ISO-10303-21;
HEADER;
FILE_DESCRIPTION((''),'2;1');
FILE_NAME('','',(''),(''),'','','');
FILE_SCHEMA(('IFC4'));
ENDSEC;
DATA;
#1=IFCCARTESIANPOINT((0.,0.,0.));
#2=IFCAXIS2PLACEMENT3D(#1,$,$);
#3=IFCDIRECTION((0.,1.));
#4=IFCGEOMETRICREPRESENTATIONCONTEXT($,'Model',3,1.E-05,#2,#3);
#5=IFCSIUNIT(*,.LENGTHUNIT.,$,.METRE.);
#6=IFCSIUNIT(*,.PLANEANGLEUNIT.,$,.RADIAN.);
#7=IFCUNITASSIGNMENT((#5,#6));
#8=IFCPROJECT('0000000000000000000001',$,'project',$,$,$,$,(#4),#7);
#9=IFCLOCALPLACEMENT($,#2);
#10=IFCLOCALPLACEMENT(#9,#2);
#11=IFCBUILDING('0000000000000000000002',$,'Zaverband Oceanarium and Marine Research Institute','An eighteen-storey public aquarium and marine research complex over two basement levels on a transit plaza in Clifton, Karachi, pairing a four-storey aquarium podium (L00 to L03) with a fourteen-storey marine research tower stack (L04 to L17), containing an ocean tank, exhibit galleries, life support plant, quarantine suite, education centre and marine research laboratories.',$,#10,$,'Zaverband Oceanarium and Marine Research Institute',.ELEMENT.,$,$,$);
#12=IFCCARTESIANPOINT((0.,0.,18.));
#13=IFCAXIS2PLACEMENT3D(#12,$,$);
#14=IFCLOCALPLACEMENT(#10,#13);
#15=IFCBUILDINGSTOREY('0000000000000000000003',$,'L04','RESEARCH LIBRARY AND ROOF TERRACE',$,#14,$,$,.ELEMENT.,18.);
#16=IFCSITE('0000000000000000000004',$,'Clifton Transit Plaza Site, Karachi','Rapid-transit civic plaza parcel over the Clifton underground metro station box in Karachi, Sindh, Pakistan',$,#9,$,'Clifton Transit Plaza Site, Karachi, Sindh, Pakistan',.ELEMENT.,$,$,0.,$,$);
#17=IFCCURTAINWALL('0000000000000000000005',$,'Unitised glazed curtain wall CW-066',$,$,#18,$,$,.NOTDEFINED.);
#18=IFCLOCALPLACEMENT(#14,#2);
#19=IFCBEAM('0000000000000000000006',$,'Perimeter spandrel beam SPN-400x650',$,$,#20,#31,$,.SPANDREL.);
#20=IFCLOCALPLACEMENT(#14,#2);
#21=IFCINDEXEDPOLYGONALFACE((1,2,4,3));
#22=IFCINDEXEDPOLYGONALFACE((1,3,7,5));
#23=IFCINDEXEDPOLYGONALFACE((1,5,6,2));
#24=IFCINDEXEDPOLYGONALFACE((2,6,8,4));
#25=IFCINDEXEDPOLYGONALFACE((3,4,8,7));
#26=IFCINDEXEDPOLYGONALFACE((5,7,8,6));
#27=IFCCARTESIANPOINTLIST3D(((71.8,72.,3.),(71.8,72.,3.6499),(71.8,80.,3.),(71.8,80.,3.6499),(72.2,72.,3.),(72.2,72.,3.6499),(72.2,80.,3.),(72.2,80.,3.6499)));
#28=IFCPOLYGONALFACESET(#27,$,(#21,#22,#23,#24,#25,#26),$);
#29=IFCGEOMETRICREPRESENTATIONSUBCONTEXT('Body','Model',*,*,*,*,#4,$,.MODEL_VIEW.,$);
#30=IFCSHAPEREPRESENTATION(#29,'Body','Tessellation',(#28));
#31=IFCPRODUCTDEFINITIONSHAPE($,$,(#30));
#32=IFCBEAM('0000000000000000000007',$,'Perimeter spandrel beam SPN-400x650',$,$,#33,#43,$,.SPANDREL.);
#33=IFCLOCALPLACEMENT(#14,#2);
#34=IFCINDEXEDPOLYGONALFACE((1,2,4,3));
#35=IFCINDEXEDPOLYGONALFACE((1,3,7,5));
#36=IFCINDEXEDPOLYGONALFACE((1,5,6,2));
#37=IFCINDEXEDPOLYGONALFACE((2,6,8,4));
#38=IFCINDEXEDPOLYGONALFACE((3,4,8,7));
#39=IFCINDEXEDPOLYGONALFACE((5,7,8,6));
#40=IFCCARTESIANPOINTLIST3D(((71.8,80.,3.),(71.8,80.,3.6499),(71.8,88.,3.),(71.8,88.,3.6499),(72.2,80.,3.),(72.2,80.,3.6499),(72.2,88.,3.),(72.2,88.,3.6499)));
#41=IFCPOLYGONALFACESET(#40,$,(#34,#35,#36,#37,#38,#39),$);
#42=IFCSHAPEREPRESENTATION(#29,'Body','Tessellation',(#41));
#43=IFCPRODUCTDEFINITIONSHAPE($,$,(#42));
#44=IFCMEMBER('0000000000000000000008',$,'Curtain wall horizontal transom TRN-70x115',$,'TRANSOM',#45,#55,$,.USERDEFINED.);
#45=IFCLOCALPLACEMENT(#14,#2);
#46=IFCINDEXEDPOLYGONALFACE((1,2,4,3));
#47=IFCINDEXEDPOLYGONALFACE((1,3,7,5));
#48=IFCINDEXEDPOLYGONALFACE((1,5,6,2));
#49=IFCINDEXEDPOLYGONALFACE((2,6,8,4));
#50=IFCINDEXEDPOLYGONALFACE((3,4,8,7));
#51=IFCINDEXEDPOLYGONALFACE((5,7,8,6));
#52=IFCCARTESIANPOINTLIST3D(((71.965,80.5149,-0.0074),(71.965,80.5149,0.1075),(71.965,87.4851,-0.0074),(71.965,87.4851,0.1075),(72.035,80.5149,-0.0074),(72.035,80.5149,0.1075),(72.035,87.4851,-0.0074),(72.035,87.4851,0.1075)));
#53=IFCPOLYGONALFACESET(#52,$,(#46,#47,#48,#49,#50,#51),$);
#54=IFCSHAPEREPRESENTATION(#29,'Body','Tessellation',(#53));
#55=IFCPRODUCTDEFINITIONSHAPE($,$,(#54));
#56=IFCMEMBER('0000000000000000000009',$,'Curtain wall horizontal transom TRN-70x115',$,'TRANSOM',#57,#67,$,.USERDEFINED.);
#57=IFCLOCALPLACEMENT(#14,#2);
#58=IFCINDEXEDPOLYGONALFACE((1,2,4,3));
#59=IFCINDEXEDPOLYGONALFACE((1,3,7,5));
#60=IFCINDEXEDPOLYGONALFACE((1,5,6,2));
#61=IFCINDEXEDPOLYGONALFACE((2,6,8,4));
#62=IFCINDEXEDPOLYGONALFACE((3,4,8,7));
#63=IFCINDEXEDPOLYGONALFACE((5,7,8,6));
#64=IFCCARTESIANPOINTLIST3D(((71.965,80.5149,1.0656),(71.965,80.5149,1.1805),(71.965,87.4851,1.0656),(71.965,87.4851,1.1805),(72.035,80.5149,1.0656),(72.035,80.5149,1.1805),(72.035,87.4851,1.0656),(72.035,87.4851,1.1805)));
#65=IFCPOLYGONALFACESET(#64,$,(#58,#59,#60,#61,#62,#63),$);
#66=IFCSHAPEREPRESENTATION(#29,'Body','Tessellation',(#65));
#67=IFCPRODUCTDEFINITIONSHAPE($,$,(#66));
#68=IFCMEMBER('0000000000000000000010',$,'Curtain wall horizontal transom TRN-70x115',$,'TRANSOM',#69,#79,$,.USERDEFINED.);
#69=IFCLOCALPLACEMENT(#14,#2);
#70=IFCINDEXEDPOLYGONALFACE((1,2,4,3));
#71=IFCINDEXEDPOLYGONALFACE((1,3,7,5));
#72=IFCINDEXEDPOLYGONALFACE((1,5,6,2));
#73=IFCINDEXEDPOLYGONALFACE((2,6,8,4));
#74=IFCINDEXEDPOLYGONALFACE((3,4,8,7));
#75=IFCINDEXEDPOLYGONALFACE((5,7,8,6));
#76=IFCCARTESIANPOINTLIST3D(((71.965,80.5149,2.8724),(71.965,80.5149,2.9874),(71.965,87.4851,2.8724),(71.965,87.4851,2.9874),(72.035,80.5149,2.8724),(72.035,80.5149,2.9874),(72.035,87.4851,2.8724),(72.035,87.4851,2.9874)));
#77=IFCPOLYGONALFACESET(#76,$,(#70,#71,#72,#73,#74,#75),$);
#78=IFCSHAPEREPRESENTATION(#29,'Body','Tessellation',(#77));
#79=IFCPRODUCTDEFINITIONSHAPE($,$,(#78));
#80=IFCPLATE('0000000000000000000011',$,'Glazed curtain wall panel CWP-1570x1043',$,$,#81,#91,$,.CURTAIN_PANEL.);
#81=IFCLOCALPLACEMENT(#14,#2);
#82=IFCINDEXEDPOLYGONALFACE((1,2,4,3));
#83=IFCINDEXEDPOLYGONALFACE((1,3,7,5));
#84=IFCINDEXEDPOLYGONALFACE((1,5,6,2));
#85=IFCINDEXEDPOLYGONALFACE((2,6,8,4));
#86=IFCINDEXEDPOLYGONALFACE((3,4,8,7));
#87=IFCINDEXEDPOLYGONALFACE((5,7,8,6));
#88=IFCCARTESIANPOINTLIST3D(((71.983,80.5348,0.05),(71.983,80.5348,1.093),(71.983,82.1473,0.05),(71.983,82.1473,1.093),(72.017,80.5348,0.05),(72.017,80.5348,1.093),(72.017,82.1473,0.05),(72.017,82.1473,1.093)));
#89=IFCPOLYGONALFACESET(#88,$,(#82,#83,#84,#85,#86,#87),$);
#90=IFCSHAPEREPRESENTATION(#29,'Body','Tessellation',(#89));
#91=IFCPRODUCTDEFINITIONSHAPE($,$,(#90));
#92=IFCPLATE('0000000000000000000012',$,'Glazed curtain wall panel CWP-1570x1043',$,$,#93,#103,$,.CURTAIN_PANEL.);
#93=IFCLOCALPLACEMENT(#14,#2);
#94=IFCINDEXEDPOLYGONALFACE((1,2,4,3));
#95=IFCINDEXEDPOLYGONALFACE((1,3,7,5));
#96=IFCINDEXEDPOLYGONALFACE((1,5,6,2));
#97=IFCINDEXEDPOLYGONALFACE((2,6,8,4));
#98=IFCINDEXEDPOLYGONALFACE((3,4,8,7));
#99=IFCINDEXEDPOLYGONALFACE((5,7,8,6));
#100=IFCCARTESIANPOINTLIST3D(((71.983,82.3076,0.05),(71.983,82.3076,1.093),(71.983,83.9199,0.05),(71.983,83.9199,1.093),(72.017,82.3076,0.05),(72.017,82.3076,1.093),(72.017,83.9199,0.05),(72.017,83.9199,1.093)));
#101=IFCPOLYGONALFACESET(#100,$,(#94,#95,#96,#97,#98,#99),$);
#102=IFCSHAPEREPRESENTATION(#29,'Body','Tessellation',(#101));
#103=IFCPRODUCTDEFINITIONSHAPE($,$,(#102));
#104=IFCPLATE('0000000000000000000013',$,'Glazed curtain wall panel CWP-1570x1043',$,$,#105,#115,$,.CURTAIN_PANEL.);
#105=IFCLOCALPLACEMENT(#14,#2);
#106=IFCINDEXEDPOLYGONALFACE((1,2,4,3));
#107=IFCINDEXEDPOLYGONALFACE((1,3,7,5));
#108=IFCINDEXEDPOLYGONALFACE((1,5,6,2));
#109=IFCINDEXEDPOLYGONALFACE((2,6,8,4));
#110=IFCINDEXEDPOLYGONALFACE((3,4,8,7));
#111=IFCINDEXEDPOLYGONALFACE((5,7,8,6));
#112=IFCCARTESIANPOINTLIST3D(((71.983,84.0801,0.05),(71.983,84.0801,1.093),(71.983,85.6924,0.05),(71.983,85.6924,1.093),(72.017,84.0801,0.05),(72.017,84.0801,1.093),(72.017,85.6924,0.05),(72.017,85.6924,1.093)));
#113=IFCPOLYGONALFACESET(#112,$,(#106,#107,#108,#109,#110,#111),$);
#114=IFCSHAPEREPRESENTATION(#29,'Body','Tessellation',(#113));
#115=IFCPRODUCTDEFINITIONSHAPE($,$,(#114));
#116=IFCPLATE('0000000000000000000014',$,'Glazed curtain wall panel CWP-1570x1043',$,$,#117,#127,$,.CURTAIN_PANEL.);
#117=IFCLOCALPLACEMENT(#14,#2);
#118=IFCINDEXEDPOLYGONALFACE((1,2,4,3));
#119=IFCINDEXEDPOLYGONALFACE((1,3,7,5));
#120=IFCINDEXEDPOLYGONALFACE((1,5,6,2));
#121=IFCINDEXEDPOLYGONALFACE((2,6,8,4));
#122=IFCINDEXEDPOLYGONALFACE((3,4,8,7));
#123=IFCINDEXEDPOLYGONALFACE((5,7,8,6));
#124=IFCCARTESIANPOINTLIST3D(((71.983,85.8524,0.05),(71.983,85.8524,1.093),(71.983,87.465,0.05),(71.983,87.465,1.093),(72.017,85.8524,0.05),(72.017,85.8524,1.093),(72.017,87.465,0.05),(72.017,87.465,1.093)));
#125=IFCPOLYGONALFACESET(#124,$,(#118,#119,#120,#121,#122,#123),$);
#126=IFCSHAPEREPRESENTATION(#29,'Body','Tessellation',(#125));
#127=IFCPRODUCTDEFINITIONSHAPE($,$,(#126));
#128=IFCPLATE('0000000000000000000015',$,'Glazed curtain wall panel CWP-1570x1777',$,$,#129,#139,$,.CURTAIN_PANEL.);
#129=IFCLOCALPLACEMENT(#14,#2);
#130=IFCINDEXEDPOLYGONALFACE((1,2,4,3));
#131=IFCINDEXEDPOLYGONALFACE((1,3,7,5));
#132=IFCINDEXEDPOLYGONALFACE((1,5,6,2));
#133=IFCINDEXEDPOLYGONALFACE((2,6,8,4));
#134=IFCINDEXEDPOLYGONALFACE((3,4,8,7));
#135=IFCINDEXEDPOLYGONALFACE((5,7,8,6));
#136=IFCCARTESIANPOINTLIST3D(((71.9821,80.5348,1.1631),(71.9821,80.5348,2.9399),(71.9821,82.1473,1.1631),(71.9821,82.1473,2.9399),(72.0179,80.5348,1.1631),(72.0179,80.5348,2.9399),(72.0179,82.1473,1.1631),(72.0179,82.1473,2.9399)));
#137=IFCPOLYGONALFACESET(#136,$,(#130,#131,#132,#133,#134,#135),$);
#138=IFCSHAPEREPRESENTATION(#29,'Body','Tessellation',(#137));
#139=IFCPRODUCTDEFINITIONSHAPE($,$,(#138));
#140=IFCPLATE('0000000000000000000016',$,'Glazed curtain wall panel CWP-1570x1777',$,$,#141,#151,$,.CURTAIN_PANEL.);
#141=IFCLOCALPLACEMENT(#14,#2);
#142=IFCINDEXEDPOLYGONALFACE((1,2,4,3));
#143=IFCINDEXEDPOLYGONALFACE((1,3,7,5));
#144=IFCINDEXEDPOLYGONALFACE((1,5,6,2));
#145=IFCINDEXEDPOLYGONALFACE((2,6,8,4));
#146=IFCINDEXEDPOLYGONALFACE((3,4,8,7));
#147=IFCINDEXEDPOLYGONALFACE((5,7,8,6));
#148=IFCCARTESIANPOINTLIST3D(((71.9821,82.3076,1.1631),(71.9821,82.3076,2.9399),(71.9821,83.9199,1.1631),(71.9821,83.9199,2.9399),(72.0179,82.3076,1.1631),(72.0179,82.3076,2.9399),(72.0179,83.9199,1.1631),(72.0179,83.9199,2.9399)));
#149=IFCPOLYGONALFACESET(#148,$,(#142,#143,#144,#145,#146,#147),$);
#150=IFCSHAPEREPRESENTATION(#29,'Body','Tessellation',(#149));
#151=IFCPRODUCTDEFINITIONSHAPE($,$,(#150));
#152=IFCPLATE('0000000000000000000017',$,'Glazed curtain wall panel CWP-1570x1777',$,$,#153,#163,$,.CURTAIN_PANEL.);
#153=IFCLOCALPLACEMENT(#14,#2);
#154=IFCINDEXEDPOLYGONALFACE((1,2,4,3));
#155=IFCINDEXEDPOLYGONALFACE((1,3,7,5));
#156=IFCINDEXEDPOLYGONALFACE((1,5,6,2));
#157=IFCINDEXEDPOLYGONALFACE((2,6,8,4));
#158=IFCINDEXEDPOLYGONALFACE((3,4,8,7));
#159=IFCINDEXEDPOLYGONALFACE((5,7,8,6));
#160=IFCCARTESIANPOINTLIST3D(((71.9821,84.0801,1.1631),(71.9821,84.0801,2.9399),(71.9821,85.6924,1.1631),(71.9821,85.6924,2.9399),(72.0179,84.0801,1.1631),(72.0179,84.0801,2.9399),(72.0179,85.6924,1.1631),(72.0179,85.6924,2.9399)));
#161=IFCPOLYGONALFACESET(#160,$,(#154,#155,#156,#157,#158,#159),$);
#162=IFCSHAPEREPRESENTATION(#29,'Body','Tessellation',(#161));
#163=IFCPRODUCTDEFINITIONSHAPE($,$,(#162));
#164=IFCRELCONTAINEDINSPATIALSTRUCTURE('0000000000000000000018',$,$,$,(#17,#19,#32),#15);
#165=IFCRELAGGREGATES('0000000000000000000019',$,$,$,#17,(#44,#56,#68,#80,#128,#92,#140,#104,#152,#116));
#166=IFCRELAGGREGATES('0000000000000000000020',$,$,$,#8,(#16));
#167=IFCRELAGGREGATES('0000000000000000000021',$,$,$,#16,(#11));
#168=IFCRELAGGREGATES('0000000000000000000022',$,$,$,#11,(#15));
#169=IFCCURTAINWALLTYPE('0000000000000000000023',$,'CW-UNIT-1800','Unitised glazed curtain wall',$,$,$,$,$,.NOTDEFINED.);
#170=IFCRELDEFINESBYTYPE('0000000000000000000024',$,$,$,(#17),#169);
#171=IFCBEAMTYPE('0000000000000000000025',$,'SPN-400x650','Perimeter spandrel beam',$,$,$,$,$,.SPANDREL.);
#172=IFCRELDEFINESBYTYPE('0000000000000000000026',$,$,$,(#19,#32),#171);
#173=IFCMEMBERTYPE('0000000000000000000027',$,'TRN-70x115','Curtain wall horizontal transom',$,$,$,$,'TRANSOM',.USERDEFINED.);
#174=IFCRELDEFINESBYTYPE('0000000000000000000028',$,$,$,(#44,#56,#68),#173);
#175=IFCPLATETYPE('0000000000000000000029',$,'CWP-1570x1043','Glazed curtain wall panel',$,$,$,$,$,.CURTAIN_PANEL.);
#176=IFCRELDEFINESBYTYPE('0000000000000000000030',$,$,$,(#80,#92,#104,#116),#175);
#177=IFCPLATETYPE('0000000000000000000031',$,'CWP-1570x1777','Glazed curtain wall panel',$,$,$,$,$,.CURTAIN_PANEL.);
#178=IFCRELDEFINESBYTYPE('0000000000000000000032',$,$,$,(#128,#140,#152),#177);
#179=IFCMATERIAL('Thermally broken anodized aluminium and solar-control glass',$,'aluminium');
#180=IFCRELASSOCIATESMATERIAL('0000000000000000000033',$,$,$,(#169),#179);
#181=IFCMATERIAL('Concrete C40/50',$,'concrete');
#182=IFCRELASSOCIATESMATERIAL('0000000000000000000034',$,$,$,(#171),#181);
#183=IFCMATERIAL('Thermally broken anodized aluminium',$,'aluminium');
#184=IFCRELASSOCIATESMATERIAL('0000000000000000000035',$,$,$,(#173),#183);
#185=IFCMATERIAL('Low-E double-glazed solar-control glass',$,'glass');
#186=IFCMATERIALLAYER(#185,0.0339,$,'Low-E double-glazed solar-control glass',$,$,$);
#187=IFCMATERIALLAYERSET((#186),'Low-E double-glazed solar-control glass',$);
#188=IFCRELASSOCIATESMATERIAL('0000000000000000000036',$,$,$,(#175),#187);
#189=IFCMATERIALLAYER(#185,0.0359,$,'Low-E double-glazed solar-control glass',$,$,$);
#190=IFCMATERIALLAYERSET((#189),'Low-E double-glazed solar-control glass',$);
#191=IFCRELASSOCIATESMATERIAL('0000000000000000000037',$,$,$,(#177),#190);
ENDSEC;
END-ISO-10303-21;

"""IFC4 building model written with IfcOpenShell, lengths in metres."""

from ifc_helpers import new_model, si_unit, direction, frame, frame_2d, origin, origin_2d, place, context, subcontext, project, spatial, rectangle, extrude, material, layer, layer_set, material_profile, profile_set, type_object, element, aggregate, save


model = new_model("IFC4")

# Units and contexts
model_context = context("Model", 3, precision=1e-05, world=origin(), true_north=direction((0.0, 1.0)))
body_context = subcontext(model_context, "Body", "Model", "MODEL_VIEW")
ifc_project = project(units=[si_unit("LENGTHUNIT", "METRE"), si_unit("PLANEANGLEUNIT", "RADIAN")], contexts=[model_context])

# Site, building, storey
site_placement = place(None, origin())
site = spatial("IfcSite", under=ifc_project, at=site_placement, Name="Clifton Transit Plaza Site, Karachi", Description="Rapid-transit civic plaza parcel over the Clifton underground metro station box in Karachi, Sindh, Pakistan", LongName="Clifton Transit Plaza Site, Karachi, Sindh, Pakistan", CompositionType="ELEMENT", RefElevation=0.0)
building_placement = place(site_placement, origin())
building = spatial("IfcBuilding", under=site, at=building_placement, Name="Zaverband Oceanarium and Marine Research Institute", Description="An eighteen-storey public aquarium and marine research complex over two basement levels on a transit plaza in Clifton, Karachi, pairing a four-storey aquarium podium (L00 to L03) with a fourteen-storey marine research tower stack (L04 to L17), containing an ocean tank, exhibit galleries, life support plant, quarantine suite, education centre and marine research laboratories.", LongName="Zaverband Oceanarium and Marine Research Institute", CompositionType="ELEMENT")
storey_placement = place(building_placement, frame((0.0, 0.0, 18.0)))
storey = spatial("IfcBuildingStorey", under=building, at=storey_placement, Name="L04", Description="RESEARCH LIBRARY AND ROOF TERRACE", CompositionType="ELEMENT", Elevation=18.0)

# Shared definitions
ifc_material_1 = material(Name="Concrete C40/50", Category="concrete")

# Curtain wall
ifc_material_2 = material(Name="Thermally broken anodized aluminium and solar-control glass", Category="aluminium")
curtain_wall_type = type_object("IfcCurtainWallType", Name="CW-UNIT-1800", Description="Unitised glazed curtain wall", PredefinedType="NOTDEFINED", material=ifc_material_2)
curtain_wall_placement = place(storey_placement, origin())
curtain_wall = element("IfcCurtainWall", 1, at=curtain_wall_placement, inside=storey, type_object=curtain_wall_type, Name="Unitised glazed curtain wall CW-066", PredefinedType="NOTDEFINED")
ifc_material_3 = material(Name="Thermally broken anodized aluminium", Category="aluminium")

# Beams
ifc_material_profile_1 = material_profile(ifc_material_1, rectangle(XDim=0.3999, YDim=0.6499, at=origin_2d()), Name="RC400x650")
ifc_profile_set_1 = profile_set([ifc_material_profile_1], Name="Concrete C40/50")
beam_type_1 = type_object("IfcBeamType", Name="SPN-400x650", Description="Perimeter spandrel beam", PredefinedType="SPANDREL", material=ifc_profile_set_1)
for number, where, z_axis, x_axis, name in (
    (2, (72.0, 72.0, 3.325), (0.0, 1.0, 0.0), (-1.0, 0.0, 0.0), "Perimeter spandrel beam SPN-400x650"),
    (3, (72.0, 80.0, 3.325), (0.0, 1.0, 0.0), (-1.0, 0.0, 0.0), "Perimeter spandrel beam SPN-400x650"),
):
    element("IfcBeam", number, at=place(storey_placement, frame(where, z_axis=z_axis, x_axis=x_axis)), inside=storey, type_object=beam_type_1, Name=name, PredefinedType="SPANDREL", context=body_context, shape_type="SweptSolid", body=[
        extrude(rectangle(XDim=0.3999, YDim=0.6499, at=origin_2d()), origin(), (0.0, 0.0, 1.0), 8.0),
    ])

# Members
ifc_material_profile_2 = material_profile(ifc_material_3, rectangle(XDim=0.0701, YDim=0.115, at=origin_2d()), Name="AL-TRN-70x115")
ifc_profile_set_2 = profile_set([ifc_material_profile_2], Name="Thermally broken anodized aluminium")
member_type_1 = type_object("IfcMemberType", Name="TRN-70x115", Description="Curtain wall horizontal transom", ElementType="TRANSOM", PredefinedType="USERDEFINED", material=ifc_profile_set_2)
member_1_placement = place(storey_placement, frame((72.0, 80.5149, 0.05), z_axis=(0.0, 1.0, 0.0), x_axis=(-1.0, 0.0, 0.0)))
member_1 = element("IfcMember", 4, at=member_1_placement, type_object=member_type_1, Name="Curtain wall horizontal transom TRN-70x115", ObjectType="TRANSOM", PredefinedType="USERDEFINED", context=body_context, shape_type="SweptSolid", body=[
    extrude(rectangle(XDim=0.0701, YDim=0.115, at=origin_2d()), origin(), (0.0, 0.0, 1.0), 6.9702),
])
member_2_placement = place(storey_placement, frame((72.0, 80.5149, 1.123), z_axis=(0.0, 1.0, 0.0), x_axis=(-1.0, 0.0, 0.0)))
member_2 = element("IfcMember", 5, at=member_2_placement, type_object=member_type_1, Name="Curtain wall horizontal transom TRN-70x115", ObjectType="TRANSOM", PredefinedType="USERDEFINED", context=body_context, shape_type="SweptSolid", body=[
    extrude(rectangle(XDim=0.0701, YDim=0.115, at=origin_2d()), origin(), (0.0, 0.0, 1.0), 6.9702),
])
member_3_placement = place(storey_placement, frame((72.0, 80.5149, 2.9299), z_axis=(0.0, 1.0, 0.0), x_axis=(-1.0, 0.0, 0.0)))
member_3 = element("IfcMember", 6, at=member_3_placement, type_object=member_type_1, Name="Curtain wall horizontal transom TRN-70x115", ObjectType="TRANSOM", PredefinedType="USERDEFINED", context=body_context, shape_type="SweptSolid", body=[
    extrude(rectangle(XDim=0.0701, YDim=0.115, at=origin_2d()), origin(), (0.0, 0.0, 1.0), 6.9702),
])

# Plates
ifc_material_4 = material(Name="Low-E double-glazed solar-control glass", Category="glass")
ifc_layer_1 = layer(ifc_material_4, 0.0339, Name="Low-E double-glazed solar-control glass")
ifc_layer_set_1 = layer_set([ifc_layer_1], Name="Low-E double-glazed solar-control glass")
plate_type_1 = type_object("IfcPlateType", Name="CWP-1570x1043", Description="Glazed curtain wall panel", PredefinedType="CURTAIN_PANEL", material=ifc_layer_set_1)
plate_1_placement = place(storey_placement, frame((72.0, 80.5349, 0.05), z_axis=(0.0, 0.0, 1.0), x_axis=(0.0, 1.0, 0.0)))
plate_1 = element("IfcPlate", 7, at=plate_1_placement, type_object=plate_type_1, Name="Glazed curtain wall panel CWP-1570x1043", PredefinedType="CURTAIN_PANEL", context=body_context, shape_type="SweptSolid", body=[
    extrude(rectangle(XDim=1.6125, YDim=0.0339, at=frame_2d((0.8062, 0.0))), origin(), (0.0, 0.0, 1.0), 1.043),
])
plate_2_placement = place(storey_placement, frame((72.0, 82.3076, 0.05), z_axis=(0.0, 0.0, 1.0), x_axis=(0.0, 1.0, 0.0)))
plate_2 = element("IfcPlate", 8, at=plate_2_placement, type_object=plate_type_1, Name="Glazed curtain wall panel CWP-1570x1043", PredefinedType="CURTAIN_PANEL", context=body_context, shape_type="SweptSolid", body=[
    extrude(rectangle(XDim=1.6123, YDim=0.0339, at=frame_2d((0.8062, 0.0))), origin(), (0.0, 0.0, 1.0), 1.043),
])
plate_3_placement = place(storey_placement, frame((72.0, 84.0801, 0.05), z_axis=(0.0, 0.0, 1.0), x_axis=(0.0, 1.0, 0.0)))
plate_3 = element("IfcPlate", 9, at=plate_3_placement, type_object=plate_type_1, Name="Glazed curtain wall panel CWP-1570x1043", PredefinedType="CURTAIN_PANEL", context=body_context, shape_type="SweptSolid", body=[
    extrude(rectangle(XDim=1.6123, YDim=0.0339, at=frame_2d((0.8062, 0.0))), origin(), (0.0, 0.0, 1.0), 1.043),
])
plate_4_placement = place(storey_placement, frame((72.0, 85.8525, 0.05), z_axis=(0.0, 0.0, 1.0), x_axis=(0.0, 1.0, 0.0)))
plate_4 = element("IfcPlate", 10, at=plate_4_placement, type_object=plate_type_1, Name="Glazed curtain wall panel CWP-1570x1043", PredefinedType="CURTAIN_PANEL", context=body_context, shape_type="SweptSolid", body=[
    extrude(rectangle(XDim=1.6125, YDim=0.0339, at=frame_2d((0.8062, 0.0))), origin(), (0.0, 0.0, 1.0), 1.043),
])
ifc_layer_2 = layer(ifc_material_4, 0.0359, Name="Low-E double-glazed solar-control glass")
ifc_layer_set_2 = layer_set([ifc_layer_2], Name="Low-E double-glazed solar-control glass")
plate_type_2 = type_object("IfcPlateType", Name="CWP-1570x1777", Description="Glazed curtain wall panel", PredefinedType="CURTAIN_PANEL", material=ifc_layer_set_2)
plate_5_placement = place(storey_placement, frame((72.0, 80.5349, 1.1631), z_axis=(0.0, 0.0, 1.0), x_axis=(0.0, 1.0, 0.0)))
plate_5 = element("IfcPlate", 11, at=plate_5_placement, type_object=plate_type_2, Name="Glazed curtain wall panel CWP-1570x1777", PredefinedType="CURTAIN_PANEL", context=body_context, shape_type="SweptSolid", body=[
    extrude(rectangle(XDim=1.6125, YDim=0.0359, at=frame_2d((0.8062, 0.0))), origin(), (0.0, 0.0, 1.0), 1.7769),
])
plate_6_placement = place(storey_placement, frame((72.0, 82.3076, 1.1631), z_axis=(0.0, 0.0, 1.0), x_axis=(0.0, 1.0, 0.0)))
plate_6 = element("IfcPlate", 12, at=plate_6_placement, type_object=plate_type_2, Name="Glazed curtain wall panel CWP-1570x1777", PredefinedType="CURTAIN_PANEL", context=body_context, shape_type="SweptSolid", body=[
    extrude(rectangle(XDim=1.6123, YDim=0.0359, at=frame_2d((0.8062, 0.0))), origin(), (0.0, 0.0, 1.0), 1.7769),
])
plate_7_placement = place(storey_placement, frame((72.0, 84.0801, 1.1631), z_axis=(0.0, 0.0, 1.0), x_axis=(0.0, 1.0, 0.0)))
plate_7 = element("IfcPlate", 13, at=plate_7_placement, type_object=plate_type_2, Name="Glazed curtain wall panel CWP-1570x1777", PredefinedType="CURTAIN_PANEL", context=body_context, shape_type="SweptSolid", body=[
    extrude(rectangle(XDim=1.6123, YDim=0.0359, at=frame_2d((0.8062, 0.0))), origin(), (0.0, 0.0, 1.0), 1.7769),
])
aggregate(curtain_wall, [member_1, member_2, member_3, plate_1, plate_5, plate_2, plate_6, plate_3, plate_7, plate_4])

save(model, "model.ifc")
